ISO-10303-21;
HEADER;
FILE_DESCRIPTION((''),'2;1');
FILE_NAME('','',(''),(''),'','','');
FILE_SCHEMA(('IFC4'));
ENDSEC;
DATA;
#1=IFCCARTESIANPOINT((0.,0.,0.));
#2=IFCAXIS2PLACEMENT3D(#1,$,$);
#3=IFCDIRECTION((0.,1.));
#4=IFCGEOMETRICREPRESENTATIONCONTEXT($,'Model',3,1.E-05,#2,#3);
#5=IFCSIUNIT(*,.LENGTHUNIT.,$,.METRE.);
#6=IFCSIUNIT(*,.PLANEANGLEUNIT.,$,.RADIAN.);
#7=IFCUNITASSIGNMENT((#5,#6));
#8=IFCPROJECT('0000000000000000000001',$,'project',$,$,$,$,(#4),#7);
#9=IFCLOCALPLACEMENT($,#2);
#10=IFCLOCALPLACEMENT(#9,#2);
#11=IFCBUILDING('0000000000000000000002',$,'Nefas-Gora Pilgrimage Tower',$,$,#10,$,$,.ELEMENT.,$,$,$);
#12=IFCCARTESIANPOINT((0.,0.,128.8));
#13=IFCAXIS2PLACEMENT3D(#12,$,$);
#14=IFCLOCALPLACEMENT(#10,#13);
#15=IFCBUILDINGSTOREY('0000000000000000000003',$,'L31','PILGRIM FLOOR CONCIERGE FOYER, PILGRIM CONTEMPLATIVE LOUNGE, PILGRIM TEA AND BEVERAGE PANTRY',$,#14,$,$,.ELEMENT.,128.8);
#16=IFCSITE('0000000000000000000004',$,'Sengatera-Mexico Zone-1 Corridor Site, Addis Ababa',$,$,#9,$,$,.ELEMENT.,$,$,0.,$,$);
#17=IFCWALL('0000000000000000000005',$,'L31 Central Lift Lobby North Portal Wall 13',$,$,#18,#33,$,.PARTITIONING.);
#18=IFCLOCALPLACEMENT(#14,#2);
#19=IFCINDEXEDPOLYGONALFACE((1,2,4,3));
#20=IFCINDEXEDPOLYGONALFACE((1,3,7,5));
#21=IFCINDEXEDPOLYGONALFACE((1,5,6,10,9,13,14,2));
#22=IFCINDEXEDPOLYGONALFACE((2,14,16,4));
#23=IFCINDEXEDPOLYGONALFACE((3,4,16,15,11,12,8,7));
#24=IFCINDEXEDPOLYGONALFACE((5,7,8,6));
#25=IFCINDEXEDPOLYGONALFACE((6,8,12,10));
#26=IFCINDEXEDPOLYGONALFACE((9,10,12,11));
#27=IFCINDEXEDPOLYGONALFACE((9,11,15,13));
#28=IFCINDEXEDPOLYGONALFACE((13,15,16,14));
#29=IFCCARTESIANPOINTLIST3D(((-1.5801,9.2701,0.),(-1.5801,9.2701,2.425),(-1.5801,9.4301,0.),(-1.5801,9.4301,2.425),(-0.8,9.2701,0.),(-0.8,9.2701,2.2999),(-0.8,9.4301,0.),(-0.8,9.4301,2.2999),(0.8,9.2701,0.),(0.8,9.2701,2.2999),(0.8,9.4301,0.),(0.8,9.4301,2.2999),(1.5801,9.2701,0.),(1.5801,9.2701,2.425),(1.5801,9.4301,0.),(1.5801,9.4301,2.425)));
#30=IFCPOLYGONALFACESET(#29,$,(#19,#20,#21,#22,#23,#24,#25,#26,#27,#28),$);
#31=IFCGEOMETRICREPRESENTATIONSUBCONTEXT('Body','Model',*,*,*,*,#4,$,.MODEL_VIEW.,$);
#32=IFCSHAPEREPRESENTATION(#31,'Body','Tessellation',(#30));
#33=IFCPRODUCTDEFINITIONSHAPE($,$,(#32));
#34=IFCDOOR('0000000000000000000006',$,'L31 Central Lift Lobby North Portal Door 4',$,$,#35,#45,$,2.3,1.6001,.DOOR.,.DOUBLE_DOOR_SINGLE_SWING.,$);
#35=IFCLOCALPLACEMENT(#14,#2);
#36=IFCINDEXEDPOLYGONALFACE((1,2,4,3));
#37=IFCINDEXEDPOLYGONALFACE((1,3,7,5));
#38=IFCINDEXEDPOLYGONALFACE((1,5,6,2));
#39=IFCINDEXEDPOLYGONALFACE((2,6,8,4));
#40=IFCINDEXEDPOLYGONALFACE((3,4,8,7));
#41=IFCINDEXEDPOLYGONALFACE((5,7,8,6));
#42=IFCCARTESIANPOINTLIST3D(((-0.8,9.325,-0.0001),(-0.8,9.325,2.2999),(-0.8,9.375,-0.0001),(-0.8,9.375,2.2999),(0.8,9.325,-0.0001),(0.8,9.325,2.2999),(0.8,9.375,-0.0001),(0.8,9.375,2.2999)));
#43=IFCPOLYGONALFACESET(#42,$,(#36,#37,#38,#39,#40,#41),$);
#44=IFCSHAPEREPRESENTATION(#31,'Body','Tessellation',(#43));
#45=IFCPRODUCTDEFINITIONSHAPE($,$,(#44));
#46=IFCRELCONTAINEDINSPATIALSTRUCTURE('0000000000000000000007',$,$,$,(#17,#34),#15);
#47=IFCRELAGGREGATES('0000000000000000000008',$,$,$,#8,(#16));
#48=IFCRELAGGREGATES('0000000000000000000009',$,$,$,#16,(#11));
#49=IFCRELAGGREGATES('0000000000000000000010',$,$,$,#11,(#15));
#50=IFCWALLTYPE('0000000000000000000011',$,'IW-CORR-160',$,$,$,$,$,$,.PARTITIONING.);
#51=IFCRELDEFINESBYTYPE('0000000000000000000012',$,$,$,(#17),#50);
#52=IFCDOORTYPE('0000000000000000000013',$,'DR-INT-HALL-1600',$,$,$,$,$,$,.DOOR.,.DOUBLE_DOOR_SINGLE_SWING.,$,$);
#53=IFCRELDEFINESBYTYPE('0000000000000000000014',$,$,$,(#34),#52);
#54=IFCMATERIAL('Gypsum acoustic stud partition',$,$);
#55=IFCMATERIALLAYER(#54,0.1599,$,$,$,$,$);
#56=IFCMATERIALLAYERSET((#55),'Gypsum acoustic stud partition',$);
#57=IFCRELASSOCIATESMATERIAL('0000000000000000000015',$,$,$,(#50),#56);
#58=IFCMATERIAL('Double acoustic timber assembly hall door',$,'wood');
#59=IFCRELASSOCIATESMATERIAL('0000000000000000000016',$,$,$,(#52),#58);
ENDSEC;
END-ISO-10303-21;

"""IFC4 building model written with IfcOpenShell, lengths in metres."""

from ifc_helpers import new_model, si_unit, direction, frame, frame_2d, origin, place, context, subcontext, project, spatial, rectangle, extrude, source, transform, mapped, material, layer, layer_set, type_object, element, fill, save


model = new_model("IFC4")

# Units and contexts
model_context = context("Model", 3, precision=1e-05, world=origin(), true_north=direction((0.0, 1.0)))
body_context = subcontext(model_context, "Body", "Model", "MODEL_VIEW")
ifc_project = project(units=[si_unit("LENGTHUNIT", "METRE"), si_unit("PLANEANGLEUNIT", "RADIAN")], contexts=[model_context])

# Site, building, storey
site_placement = place(None, origin())
site = spatial("IfcSite", under=ifc_project, at=site_placement, Name="Sengatera-Mexico Zone-1 Corridor Site, Addis Ababa", CompositionType="ELEMENT", RefElevation=0.0)
building_placement = place(site_placement, origin())
building = spatial("IfcBuilding", under=site, at=building_placement, Name="Nefas-Gora Pilgrimage Tower", CompositionType="ELEMENT")
storey_placement = place(building_placement, frame((0.0, 0.0, 128.8)))
storey = spatial("IfcBuildingStorey", under=building, at=storey_placement, Name="L31", Description="PILGRIM FLOOR CONCIERGE FOYER, PILGRIM CONTEMPLATIVE LOUNGE, PILGRIM TEA AND BEVERAGE PANTRY", CompositionType="ELEMENT", Elevation=128.8)

# Shared definitions
ifc_material_1 = material(Name="Gypsum acoustic stud partition")
ifc_layer_1 = layer(ifc_material_1, 0.1599)
ifc_layer_set_1 = layer_set([ifc_layer_1], Name="Gypsum acoustic stud partition")
wall_type_1 = type_object("IfcWallType", Name="IW-CORR-160", PredefinedType="PARTITIONING", material=ifc_layer_set_1)

# Wall, opening, door
shared_shape_1 = source(origin(), body_context, "Body", "SweptSolid", [
    extrude(rectangle(XDim=3.1602, YDim=0.1599, at=frame_2d((1.5801, 0.0))), origin(), (0.0, 0.0, 1.0), 2.425),
])
wall_1_placement = place(storey_placement, frame((-1.5801, 9.3501, 0.0), z_axis=(0.0, 0.0, 1.0), x_axis=(1.0, 0.0, 0.0)))
wall_1 = element("IfcWall", 1, at=wall_1_placement, inside=storey, type_object=wall_type_1, Name="L31 Central Lift Lobby North Portal Wall 13", PredefinedType="PARTITIONING", context=body_context, shape_type="MappedRepresentation", body=[
    mapped(shared_shape_1, transform((0.0, 0.0, 0.0), x_axis=(1.0, 0.0, 0.0), y_axis=(0.0, 1.0, 0.0), z_axis=(0.0, 0.0, 1.0), scale=1.0)),
])
opening_1_placement = place(wall_1_placement, frame((0.78, 0.0, 0.0)))
opening_1 = element("IfcOpeningElement", 2, at=opening_1_placement, cuts=wall_1, PredefinedType="OPENING", context=body_context, shape_type="SweptSolid", body=[
    extrude(rectangle(XDim=1.6001, YDim=2.3, at=frame_2d((0.8, 1.1499))), frame((0.0, 0.0898, 0.0), z_axis=(0.0, -1.0, 0.0), x_axis=(1.0, 0.0, 0.0)), (0.0, 0.0, 1.0), 0.1799),
])
ifc_material_2 = material(Name="Double acoustic timber assembly hall door", Category="wood")
door_type_1 = type_object("IfcDoorType", Name="DR-INT-HALL-1600", OperationType="DOUBLE_DOOR_SINGLE_SWING", PredefinedType="DOOR", material=ifc_material_2)
shared_shape_2 = source(origin(), body_context, "Body", "SweptSolid", [
    extrude(rectangle(XDim=1.6001, YDim=2.3, at=frame_2d((0.8, 1.1499))), frame((0.0, 0.0249, 0.0), z_axis=(0.0, -1.0, 0.0), x_axis=(1.0, 0.0, 0.0)), (0.0, 0.0, 1.0), 0.05),
])
door_1_placement = place(opening_1_placement, origin())
door_1 = element("IfcDoor", 3, at=door_1_placement, inside=storey, type_object=door_type_1, Name="L31 Central Lift Lobby North Portal Door 4", OperationType="DOUBLE_DOOR_SINGLE_SWING", OverallHeight=2.3, OverallWidth=1.6001, PredefinedType="DOOR", context=body_context, shape_type="MappedRepresentation", body=[
    mapped(shared_shape_2, transform((0.0, 0.0, 0.0), x_axis=(1.0, 0.0, 0.0), y_axis=(0.0, 1.0, 0.0), z_axis=(0.0, 0.0, 1.0), scale=1.0)),
])
fill(opening_1, door_1)

save(model, "model.ifc")
